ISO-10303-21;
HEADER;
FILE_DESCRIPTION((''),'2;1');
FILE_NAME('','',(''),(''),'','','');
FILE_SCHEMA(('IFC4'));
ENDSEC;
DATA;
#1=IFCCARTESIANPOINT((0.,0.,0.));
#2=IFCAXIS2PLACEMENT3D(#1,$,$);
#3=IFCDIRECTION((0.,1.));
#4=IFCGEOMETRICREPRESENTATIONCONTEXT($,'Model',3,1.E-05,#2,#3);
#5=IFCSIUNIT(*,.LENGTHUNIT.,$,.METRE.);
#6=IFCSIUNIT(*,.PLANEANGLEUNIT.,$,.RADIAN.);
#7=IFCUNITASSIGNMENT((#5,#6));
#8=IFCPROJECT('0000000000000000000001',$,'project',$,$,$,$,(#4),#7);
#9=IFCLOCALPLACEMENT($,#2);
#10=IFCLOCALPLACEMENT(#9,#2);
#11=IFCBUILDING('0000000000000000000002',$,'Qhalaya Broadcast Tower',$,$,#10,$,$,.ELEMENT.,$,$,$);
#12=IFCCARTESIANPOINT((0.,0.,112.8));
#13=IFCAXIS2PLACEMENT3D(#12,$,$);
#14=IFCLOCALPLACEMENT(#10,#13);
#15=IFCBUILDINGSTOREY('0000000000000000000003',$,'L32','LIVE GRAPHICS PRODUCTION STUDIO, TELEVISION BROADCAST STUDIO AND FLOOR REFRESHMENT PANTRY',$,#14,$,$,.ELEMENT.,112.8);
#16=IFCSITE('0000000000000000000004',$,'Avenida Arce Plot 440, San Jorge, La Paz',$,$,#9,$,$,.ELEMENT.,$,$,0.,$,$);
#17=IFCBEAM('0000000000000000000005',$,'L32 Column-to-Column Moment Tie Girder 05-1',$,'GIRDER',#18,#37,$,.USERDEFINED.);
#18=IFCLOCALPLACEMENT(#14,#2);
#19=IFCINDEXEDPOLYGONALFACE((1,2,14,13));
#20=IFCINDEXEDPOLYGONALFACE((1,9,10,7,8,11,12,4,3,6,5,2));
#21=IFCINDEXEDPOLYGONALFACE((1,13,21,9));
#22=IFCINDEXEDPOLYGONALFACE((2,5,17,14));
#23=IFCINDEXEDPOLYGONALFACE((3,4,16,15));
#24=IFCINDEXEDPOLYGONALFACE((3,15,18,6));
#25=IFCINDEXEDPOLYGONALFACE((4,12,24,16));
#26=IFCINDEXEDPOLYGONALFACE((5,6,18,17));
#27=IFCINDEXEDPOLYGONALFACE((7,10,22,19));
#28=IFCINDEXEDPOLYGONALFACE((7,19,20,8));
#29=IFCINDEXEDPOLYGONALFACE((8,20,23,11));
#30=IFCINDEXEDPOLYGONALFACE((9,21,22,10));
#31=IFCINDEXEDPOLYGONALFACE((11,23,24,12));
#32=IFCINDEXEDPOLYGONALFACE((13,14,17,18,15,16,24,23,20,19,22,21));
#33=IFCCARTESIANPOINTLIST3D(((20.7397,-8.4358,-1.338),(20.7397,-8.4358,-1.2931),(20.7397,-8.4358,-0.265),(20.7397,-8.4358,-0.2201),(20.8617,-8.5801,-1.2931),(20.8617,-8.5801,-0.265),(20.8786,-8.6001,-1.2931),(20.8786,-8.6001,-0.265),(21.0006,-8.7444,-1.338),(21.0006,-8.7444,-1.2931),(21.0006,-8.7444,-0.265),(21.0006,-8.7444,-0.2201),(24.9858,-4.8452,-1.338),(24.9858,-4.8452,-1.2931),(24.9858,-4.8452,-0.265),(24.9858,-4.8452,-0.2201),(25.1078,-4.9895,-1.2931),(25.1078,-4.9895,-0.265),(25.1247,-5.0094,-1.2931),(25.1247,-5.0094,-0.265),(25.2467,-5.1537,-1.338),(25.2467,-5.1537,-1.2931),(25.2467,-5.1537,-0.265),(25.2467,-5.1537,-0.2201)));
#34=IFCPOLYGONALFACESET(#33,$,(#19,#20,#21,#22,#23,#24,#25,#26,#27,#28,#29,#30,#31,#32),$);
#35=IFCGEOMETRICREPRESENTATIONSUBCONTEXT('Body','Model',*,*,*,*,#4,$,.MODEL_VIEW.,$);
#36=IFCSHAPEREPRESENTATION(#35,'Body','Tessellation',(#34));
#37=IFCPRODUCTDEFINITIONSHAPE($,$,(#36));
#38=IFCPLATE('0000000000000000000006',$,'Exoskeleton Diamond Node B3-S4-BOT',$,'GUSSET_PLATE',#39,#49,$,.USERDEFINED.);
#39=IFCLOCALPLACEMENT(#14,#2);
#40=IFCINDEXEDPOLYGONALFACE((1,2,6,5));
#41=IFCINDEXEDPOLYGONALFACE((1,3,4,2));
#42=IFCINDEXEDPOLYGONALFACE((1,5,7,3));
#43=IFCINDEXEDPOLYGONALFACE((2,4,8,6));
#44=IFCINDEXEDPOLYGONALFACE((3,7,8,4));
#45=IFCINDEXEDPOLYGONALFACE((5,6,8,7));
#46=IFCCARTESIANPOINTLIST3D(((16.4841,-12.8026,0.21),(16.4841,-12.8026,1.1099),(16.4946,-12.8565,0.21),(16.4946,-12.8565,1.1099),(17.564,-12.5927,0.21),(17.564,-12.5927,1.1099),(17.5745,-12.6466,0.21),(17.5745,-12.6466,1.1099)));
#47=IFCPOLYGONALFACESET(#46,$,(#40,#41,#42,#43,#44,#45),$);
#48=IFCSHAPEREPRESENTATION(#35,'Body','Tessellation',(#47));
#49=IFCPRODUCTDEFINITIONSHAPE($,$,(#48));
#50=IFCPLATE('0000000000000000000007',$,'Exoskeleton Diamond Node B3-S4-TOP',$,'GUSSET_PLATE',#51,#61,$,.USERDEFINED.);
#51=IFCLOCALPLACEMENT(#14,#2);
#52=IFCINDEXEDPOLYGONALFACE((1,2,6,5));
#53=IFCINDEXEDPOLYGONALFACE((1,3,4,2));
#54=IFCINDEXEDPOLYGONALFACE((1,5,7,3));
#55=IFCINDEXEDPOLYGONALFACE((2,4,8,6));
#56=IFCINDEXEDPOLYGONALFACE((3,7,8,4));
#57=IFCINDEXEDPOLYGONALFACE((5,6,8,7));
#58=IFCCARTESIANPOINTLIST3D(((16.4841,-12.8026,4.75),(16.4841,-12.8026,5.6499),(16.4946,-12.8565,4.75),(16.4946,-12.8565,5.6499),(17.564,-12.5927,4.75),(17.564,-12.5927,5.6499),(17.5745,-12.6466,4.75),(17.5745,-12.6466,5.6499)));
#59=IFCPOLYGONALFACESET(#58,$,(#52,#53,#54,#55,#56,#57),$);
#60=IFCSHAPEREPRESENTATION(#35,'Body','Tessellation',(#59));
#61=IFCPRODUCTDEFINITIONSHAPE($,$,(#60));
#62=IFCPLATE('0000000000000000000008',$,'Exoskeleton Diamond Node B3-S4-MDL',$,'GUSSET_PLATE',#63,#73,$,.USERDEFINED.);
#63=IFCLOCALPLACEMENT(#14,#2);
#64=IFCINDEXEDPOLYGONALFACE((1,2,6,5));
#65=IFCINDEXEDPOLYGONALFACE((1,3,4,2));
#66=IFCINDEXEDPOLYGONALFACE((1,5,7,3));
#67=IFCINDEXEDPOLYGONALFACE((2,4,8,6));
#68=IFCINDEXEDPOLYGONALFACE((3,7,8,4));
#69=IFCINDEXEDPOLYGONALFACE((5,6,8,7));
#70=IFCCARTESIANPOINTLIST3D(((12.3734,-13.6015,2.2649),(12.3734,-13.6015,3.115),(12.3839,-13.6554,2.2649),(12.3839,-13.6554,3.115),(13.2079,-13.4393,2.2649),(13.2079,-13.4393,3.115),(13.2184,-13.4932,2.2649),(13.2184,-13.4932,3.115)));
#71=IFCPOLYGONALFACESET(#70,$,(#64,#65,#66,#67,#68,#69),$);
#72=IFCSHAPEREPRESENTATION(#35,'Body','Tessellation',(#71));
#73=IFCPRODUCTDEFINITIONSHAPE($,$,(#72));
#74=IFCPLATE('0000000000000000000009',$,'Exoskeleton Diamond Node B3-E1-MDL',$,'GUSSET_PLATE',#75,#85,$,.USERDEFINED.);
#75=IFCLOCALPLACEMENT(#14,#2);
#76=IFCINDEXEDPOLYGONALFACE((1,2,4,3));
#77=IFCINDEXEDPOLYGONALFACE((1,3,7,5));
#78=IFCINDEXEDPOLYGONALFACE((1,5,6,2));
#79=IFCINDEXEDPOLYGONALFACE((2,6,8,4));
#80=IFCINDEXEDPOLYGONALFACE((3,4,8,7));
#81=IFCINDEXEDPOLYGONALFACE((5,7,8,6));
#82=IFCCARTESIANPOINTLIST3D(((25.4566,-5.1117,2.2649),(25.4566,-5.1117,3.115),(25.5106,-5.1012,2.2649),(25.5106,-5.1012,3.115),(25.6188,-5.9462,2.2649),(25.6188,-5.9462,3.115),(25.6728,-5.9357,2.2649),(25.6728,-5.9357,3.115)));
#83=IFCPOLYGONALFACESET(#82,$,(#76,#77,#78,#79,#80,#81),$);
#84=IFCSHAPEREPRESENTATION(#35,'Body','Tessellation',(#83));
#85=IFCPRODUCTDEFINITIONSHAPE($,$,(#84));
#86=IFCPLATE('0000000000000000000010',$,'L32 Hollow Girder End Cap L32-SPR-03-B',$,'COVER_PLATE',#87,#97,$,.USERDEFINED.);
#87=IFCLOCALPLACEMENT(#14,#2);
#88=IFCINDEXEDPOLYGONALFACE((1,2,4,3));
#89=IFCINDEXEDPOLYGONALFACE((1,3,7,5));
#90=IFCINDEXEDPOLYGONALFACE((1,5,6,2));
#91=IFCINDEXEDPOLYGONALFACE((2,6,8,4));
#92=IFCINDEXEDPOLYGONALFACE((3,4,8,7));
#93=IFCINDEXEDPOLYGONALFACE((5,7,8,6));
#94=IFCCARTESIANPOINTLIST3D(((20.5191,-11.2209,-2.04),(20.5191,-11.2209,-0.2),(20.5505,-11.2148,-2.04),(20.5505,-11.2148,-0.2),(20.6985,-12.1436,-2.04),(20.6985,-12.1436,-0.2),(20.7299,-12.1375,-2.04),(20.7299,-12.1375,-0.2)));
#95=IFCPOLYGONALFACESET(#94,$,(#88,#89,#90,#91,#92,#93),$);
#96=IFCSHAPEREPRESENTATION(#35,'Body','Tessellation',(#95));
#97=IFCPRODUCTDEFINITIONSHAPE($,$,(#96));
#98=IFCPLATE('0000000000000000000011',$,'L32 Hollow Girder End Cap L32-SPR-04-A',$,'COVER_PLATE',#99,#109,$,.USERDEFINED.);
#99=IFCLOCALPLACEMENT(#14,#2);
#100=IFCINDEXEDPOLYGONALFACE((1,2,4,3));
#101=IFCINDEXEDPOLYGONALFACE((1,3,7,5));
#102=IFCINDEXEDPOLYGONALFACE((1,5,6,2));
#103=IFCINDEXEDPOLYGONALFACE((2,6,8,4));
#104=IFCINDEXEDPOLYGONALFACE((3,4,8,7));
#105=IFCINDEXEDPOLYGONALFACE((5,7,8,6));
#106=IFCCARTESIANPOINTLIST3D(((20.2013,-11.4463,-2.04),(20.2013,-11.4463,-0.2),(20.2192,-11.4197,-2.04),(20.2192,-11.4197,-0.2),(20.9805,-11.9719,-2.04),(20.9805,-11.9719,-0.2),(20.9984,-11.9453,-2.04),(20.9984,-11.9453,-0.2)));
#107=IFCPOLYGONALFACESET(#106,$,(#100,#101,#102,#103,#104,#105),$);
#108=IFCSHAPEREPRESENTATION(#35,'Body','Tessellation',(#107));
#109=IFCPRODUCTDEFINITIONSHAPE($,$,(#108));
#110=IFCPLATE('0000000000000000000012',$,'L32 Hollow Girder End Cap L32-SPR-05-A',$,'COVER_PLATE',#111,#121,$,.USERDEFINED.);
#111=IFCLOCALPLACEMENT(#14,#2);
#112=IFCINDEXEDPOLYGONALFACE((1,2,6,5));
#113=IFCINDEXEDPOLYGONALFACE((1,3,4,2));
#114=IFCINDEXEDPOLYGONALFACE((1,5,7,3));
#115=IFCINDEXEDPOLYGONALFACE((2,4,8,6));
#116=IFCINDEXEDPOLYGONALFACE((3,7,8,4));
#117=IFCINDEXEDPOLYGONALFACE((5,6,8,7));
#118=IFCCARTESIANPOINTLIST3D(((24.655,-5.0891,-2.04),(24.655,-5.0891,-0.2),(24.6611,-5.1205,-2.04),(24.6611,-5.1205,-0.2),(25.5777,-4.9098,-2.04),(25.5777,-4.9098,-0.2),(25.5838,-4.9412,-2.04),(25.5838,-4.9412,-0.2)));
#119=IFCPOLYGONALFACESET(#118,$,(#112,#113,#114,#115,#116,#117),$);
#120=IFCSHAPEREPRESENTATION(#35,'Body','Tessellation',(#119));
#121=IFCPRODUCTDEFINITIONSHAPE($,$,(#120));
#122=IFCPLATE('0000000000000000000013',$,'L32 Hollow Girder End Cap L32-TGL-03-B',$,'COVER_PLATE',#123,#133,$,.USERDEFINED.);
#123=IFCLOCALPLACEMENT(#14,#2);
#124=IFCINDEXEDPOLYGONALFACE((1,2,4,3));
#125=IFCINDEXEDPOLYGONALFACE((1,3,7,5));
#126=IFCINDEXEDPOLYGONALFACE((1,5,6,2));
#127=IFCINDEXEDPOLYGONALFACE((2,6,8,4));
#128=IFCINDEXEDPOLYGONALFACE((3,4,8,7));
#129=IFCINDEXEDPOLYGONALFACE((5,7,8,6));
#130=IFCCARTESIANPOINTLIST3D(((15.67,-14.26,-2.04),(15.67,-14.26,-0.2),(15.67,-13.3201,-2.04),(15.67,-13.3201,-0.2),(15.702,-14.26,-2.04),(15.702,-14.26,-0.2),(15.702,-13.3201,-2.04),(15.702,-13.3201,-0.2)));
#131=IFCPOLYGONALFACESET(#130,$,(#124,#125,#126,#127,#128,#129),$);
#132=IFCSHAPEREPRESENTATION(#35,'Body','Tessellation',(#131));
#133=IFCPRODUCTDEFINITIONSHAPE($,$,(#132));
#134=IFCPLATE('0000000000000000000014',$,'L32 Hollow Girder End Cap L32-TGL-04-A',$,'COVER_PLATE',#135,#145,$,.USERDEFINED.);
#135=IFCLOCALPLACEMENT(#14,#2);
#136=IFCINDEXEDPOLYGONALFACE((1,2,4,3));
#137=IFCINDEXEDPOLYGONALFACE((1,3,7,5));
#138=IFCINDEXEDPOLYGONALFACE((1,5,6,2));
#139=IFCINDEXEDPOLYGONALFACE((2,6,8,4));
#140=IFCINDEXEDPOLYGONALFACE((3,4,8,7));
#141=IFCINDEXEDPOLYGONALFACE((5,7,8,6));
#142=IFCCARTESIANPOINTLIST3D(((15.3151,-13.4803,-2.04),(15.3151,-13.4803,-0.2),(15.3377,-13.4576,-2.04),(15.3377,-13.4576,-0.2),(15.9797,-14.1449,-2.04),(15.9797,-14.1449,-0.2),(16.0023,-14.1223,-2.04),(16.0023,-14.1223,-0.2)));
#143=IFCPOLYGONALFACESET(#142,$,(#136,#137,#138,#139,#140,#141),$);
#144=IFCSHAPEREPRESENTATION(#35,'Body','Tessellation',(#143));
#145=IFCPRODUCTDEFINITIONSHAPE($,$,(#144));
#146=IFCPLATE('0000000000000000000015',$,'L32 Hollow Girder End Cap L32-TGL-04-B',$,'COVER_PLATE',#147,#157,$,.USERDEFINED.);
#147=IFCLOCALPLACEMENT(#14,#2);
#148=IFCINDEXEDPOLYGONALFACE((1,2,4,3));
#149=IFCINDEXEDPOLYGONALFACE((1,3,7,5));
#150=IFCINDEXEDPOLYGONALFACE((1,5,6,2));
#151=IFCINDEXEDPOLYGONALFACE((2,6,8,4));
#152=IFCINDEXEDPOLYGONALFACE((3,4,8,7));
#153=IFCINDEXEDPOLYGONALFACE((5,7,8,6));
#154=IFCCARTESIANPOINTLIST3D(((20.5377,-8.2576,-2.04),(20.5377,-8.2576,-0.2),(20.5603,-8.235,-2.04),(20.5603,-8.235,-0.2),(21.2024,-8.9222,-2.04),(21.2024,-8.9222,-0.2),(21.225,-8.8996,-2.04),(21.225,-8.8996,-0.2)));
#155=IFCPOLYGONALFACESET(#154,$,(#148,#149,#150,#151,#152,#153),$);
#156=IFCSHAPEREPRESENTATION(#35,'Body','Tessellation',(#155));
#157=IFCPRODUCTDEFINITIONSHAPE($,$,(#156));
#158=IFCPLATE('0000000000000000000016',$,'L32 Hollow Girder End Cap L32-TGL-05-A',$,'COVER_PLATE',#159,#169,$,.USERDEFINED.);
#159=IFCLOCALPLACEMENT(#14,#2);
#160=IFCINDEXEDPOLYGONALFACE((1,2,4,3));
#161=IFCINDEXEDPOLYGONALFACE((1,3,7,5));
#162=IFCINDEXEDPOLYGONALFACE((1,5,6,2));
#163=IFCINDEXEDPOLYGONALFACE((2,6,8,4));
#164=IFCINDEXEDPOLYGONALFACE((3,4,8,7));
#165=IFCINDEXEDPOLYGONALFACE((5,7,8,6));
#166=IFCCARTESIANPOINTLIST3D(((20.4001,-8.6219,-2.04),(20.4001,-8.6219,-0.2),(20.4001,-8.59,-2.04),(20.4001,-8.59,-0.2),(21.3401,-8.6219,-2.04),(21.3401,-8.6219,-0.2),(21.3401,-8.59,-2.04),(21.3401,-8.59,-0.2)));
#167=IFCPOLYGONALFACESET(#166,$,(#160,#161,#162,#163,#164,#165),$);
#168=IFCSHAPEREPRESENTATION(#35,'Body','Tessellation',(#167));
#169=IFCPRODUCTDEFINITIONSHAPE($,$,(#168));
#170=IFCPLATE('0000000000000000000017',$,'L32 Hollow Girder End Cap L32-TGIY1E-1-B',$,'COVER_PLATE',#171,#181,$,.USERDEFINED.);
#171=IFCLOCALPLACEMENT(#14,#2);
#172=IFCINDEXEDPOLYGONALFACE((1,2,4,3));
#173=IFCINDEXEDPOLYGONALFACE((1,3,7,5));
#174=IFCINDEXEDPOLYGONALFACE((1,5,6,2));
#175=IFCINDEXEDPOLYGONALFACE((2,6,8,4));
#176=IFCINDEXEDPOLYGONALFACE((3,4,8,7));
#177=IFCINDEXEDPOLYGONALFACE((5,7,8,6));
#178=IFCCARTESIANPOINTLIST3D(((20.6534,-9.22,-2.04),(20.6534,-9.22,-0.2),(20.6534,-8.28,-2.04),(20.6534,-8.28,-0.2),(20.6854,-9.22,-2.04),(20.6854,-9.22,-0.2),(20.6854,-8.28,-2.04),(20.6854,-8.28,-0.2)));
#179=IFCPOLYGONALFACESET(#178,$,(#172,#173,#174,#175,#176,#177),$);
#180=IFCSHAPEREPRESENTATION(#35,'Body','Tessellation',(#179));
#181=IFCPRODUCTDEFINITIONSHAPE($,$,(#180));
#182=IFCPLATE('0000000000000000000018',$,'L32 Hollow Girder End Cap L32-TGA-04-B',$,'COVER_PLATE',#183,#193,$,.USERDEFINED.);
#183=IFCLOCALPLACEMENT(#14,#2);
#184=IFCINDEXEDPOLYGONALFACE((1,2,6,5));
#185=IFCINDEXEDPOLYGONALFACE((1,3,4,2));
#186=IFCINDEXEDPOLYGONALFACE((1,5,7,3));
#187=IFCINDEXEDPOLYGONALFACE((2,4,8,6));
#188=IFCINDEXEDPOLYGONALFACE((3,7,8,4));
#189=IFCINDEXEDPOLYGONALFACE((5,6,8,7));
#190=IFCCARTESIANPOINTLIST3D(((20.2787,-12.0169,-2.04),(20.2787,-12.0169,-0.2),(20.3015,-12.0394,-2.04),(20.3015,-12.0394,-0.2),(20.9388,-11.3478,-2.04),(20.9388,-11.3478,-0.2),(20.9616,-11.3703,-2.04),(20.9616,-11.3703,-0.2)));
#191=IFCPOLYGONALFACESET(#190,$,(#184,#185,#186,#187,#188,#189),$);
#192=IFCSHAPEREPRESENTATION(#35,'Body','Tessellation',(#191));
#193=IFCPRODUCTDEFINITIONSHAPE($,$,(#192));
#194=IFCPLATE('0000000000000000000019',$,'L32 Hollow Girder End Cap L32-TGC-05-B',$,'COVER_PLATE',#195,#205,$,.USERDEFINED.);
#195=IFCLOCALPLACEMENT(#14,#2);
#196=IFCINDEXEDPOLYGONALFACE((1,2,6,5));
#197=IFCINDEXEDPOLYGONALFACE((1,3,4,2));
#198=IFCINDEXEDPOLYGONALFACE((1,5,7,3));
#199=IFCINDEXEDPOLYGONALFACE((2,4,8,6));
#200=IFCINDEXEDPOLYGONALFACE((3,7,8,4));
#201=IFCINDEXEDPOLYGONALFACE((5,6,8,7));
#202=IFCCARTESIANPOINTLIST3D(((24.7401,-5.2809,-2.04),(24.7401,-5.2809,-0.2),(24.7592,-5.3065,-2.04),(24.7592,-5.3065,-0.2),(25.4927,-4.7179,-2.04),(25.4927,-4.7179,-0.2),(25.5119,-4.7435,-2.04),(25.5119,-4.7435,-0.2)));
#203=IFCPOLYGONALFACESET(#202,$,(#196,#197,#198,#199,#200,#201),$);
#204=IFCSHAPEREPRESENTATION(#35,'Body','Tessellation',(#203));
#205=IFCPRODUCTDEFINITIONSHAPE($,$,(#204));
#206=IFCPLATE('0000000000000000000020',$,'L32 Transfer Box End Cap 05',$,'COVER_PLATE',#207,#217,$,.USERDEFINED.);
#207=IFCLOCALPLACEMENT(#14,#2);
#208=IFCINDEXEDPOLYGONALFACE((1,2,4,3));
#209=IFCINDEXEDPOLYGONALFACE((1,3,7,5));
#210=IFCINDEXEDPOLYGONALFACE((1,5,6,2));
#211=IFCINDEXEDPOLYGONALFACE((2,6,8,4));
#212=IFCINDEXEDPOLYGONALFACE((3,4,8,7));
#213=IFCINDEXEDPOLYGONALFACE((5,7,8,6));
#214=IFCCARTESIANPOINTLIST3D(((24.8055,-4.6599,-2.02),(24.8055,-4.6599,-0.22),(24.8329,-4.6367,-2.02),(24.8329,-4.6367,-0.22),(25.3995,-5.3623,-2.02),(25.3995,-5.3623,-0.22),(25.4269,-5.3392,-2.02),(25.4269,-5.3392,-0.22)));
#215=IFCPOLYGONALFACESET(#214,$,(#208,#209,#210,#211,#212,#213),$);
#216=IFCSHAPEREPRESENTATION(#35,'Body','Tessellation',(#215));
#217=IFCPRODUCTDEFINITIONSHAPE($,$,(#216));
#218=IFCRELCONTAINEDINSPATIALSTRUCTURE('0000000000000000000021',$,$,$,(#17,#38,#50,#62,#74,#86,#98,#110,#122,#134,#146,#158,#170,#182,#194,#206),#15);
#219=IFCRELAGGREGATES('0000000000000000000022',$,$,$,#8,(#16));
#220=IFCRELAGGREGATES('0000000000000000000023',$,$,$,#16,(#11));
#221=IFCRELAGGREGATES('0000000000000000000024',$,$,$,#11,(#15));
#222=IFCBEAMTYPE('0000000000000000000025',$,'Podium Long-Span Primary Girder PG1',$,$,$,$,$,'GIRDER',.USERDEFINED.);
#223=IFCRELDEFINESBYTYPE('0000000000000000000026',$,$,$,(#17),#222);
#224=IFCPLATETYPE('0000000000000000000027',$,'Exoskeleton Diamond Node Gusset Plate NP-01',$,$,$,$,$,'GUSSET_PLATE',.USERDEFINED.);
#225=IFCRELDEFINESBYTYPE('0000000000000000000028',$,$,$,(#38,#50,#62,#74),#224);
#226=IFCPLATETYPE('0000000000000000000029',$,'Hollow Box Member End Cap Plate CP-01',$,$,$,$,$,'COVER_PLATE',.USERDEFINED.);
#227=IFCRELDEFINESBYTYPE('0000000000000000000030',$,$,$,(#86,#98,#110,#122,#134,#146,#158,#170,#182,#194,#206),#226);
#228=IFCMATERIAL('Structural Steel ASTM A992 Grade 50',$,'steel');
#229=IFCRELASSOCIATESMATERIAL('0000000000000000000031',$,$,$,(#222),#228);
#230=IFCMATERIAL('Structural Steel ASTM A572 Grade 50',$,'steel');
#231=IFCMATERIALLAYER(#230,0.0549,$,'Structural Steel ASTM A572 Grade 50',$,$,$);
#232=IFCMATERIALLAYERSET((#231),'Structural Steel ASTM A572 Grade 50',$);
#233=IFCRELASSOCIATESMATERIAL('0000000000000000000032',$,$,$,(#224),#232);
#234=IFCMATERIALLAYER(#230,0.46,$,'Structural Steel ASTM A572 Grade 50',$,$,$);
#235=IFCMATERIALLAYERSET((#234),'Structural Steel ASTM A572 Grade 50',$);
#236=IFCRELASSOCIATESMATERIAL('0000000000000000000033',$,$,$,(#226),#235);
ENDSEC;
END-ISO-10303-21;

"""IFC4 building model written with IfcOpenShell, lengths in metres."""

from ifc_helpers import new_model, si_unit, direction, frame, origin, origin_2d, place, context, subcontext, project, spatial, rectangle, i_section, extrude, material, layer, layer_set, material_profile, profile_set, type_object, element, save


model = new_model("IFC4")

# Units and contexts
model_context = context("Model", 3, precision=1e-05, world=origin(), true_north=direction((0.0, 1.0)))
body_context = subcontext(model_context, "Body", "Model", "MODEL_VIEW")
ifc_project = project(units=[si_unit("LENGTHUNIT", "METRE"), si_unit("PLANEANGLEUNIT", "RADIAN")], contexts=[model_context])

# Site, building, storey
site_placement = place(None, origin())
site = spatial("IfcSite", under=ifc_project, at=site_placement, Name="Avenida Arce Plot 440, San Jorge, La Paz", CompositionType="ELEMENT", RefElevation=0.0)
building_placement = place(site_placement, origin())
building = spatial("IfcBuilding", under=site, at=building_placement, Name="Qhalaya Broadcast Tower", CompositionType="ELEMENT")
storey_placement = place(building_placement, frame((0.0, 0.0, 112.8)))
storey = spatial("IfcBuildingStorey", under=building, at=storey_placement, Name="L32", Description="LIVE GRAPHICS PRODUCTION STUDIO, TELEVISION BROADCAST STUDIO AND FLOOR REFRESHMENT PANTRY", CompositionType="ELEMENT", Elevation=112.8)

# Shared definitions
ifc_material_1 = material(Name="Structural Steel ASTM A572 Grade 50", Category="steel")

# Beam
ifc_material_2 = material(Name="Structural Steel ASTM A992 Grade 50", Category="steel")
ifc_material_profile_1 = material_profile(ifc_material_2, i_section(OverallWidth=0.4041, OverallDepth=1.1179, WebThickness=0.0261, FlangeThickness=0.0449, at=origin_2d()), Name="W44X335")
ifc_profile_set_1 = profile_set([ifc_material_profile_1], Name="Structural Steel ASTM A992 Grade 50")
beam_type_1 = type_object("IfcBeamType", Name="Podium Long-Span Primary Girder PG1", ElementType="GIRDER", PredefinedType="USERDEFINED", material=ifc_profile_set_1)
beam_1_placement = place(storey_placement, frame((20.8701, -8.5901, -0.7791), z_axis=(0.763588, 0.645704, 0.0), x_axis=(-0.645704, 0.763588, 0.0)))
element("IfcBeam", 1, at=beam_1_placement, inside=storey, type_object=beam_type_1, Name="L32 Column-to-Column Moment Tie Girder 05-1", ObjectType="GIRDER", PredefinedType="USERDEFINED", context=body_context, shape_type="SweptSolid", body=[
    extrude(i_section(OverallWidth=0.4041, OverallDepth=1.1179, WebThickness=0.0261, FlangeThickness=0.0449, at=origin_2d()), origin(), (0.0, 0.0, 1.0), 5.5608),
])

# Plates
ifc_layer_1 = layer(ifc_material_1, 0.0549, Name="Structural Steel ASTM A572 Grade 50")
ifc_layer_set_1 = layer_set([ifc_layer_1], Name="Structural Steel ASTM A572 Grade 50")
plate_type_1 = type_object("IfcPlateType", Name="Exoskeleton Diamond Node Gusset Plate NP-01", ElementType="GUSSET_PLATE", PredefinedType="USERDEFINED", material=ifc_layer_set_1)
for number, where, z_axis, x_axis, name in (
    (2, (17.0293, -12.7246, 0.21), (0.0, 0.0, 1.0), (0.981627, 0.190809, 0.0), "Exoskeleton Diamond Node B3-S4-BOT"),
    (3, (17.0293, -12.7246, 4.75), (0.0, 0.0, 1.0), (0.981627, 0.190809, 0.0), "Exoskeleton Diamond Node B3-S4-TOP"),
):
    element("IfcPlate", number, at=place(storey_placement, frame(where, z_axis=z_axis, x_axis=x_axis)), inside=storey, type_object=plate_type_1, Name=name, ObjectType="GUSSET_PLATE", PredefinedType="USERDEFINED", context=body_context, shape_type="SweptSolid", body=[
        extrude(rectangle(XDim=1.1001, YDim=0.0549, at=origin_2d()), origin(), (0.0, 0.0, 1.0), 0.8999),
    ])
for number, where, z_axis, x_axis, name in (
    (4, (12.7959, -13.5474, 2.2649), (0.0, 0.0, 1.0), (0.981627, 0.190809, 0.0), "Exoskeleton Diamond Node B3-S4-MDL"),
    (5, (25.5647, -5.5237, 2.2649), (0.0, 0.0, 1.0), (-0.190809, 0.981627, 0.0), "Exoskeleton Diamond Node B3-E1-MDL"),
):
    element("IfcPlate", number, at=place(storey_placement, frame(where, z_axis=z_axis, x_axis=x_axis)), inside=storey, type_object=plate_type_1, Name=name, ObjectType="GUSSET_PLATE", PredefinedType="USERDEFINED", context=body_context, shape_type="SweptSolid", body=[
        extrude(rectangle(XDim=0.8501, YDim=0.0549, at=origin_2d()), origin(), (0.0, 0.0, 1.0), 0.8501),
    ])
ifc_layer_2 = layer(ifc_material_1, 0.46, Name="Structural Steel ASTM A572 Grade 50")
ifc_layer_set_2 = layer_set([ifc_layer_2], Name="Structural Steel ASTM A572 Grade 50")
plate_type_2 = type_object("IfcPlateType", Name="Hollow Box Member End Cap Plate CP-01", ElementType="COVER_PLATE", PredefinedType="USERDEFINED", material=ifc_layer_set_2)
for number, where, z_axis, x_axis, name in (
    (6, (20.6245, -11.6792, -2.04), (0.0, 0.0, 1.0), (-0.190809, 0.981627, 0.0), "L32 Hollow Girder End Cap L32-SPR-03-B"),
    (7, (20.5999, -11.6958, -2.04), (0.0, 0.0, 1.0), (-0.829038, 0.559193, 0.0), "L32 Hollow Girder End Cap L32-SPR-04-A"),
    (8, (25.1194, -5.0151, -2.04), (0.0, 0.0, 1.0), (-0.981627, -0.190809, 0.0), "L32 Hollow Girder End Cap L32-SPR-05-A"),
    (9, (15.686, -13.79, -2.04), (0.0, 0.0, 1.0), (0.0, 1.0, 0.0), "L32 Hollow Girder End Cap L32-TGL-03-B"),
    (10, (15.6587, -13.8013, -2.04), (0.0, 0.0, 1.0), (-0.707107, 0.707107, 0.0), "L32 Hollow Girder End Cap L32-TGL-04-A"),
    (11, (20.8813, -8.5786, -2.04), (0.0, 0.0, 1.0), (-0.707107, 0.707107, 0.0), "L32 Hollow Girder End Cap L32-TGL-04-B"),
    (12, (20.8701, -8.606, -2.04), (0.0, 0.0, 1.0), (-1.0, 0.0, 0.0), "L32 Hollow Girder End Cap L32-TGL-05-A"),
    (13, (20.6694, -8.75, -2.04), (0.0, 0.0, 1.0), (0.0, 1.0, 0.0), "L32 Hollow Girder End Cap L32-TGIY1E-1-B"),
    (14, (20.6201, -11.6936, -2.04), (0.0, 0.0, 1.0), (0.702277, 0.711903, 0.0), "L32 Hollow Girder End Cap L32-TGA-04-B"),
    (15, (25.126, -5.0122, -2.04), (0.0, 0.0, 1.0), (0.800731, 0.599024, 0.0), "L32 Hollow Girder End Cap L32-TGC-05-B"),
):
    element("IfcPlate", number, at=place(storey_placement, frame(where, z_axis=z_axis, x_axis=x_axis)), inside=storey, type_object=plate_type_2, Name=name, ObjectType="COVER_PLATE", PredefinedType="USERDEFINED", context=body_context, shape_type="SweptSolid", body=[
        extrude(rectangle(XDim=0.9399, YDim=0.032, at=origin_2d()), origin(), (0.0, 0.0, 1.0), 1.8401),
    ])
plate_1_placement = place(storey_placement, frame((25.1162, -4.9995, -2.02), z_axis=(0.0, 0.0, 1.0), x_axis=(-0.645684, 0.763604, 0.0)))
element("IfcPlate", 16, at=plate_1_placement, inside=storey, type_object=plate_type_2, Name="L32 Transfer Box End Cap 05", ObjectType="COVER_PLATE", PredefinedType="USERDEFINED", context=body_context, shape_type="SweptSolid", body=[
    extrude(rectangle(XDim=0.9199, YDim=0.0359, at=origin_2d()), origin(), (0.0, 0.0, 1.0), 1.8),
])

save(model, "model.ifc")
